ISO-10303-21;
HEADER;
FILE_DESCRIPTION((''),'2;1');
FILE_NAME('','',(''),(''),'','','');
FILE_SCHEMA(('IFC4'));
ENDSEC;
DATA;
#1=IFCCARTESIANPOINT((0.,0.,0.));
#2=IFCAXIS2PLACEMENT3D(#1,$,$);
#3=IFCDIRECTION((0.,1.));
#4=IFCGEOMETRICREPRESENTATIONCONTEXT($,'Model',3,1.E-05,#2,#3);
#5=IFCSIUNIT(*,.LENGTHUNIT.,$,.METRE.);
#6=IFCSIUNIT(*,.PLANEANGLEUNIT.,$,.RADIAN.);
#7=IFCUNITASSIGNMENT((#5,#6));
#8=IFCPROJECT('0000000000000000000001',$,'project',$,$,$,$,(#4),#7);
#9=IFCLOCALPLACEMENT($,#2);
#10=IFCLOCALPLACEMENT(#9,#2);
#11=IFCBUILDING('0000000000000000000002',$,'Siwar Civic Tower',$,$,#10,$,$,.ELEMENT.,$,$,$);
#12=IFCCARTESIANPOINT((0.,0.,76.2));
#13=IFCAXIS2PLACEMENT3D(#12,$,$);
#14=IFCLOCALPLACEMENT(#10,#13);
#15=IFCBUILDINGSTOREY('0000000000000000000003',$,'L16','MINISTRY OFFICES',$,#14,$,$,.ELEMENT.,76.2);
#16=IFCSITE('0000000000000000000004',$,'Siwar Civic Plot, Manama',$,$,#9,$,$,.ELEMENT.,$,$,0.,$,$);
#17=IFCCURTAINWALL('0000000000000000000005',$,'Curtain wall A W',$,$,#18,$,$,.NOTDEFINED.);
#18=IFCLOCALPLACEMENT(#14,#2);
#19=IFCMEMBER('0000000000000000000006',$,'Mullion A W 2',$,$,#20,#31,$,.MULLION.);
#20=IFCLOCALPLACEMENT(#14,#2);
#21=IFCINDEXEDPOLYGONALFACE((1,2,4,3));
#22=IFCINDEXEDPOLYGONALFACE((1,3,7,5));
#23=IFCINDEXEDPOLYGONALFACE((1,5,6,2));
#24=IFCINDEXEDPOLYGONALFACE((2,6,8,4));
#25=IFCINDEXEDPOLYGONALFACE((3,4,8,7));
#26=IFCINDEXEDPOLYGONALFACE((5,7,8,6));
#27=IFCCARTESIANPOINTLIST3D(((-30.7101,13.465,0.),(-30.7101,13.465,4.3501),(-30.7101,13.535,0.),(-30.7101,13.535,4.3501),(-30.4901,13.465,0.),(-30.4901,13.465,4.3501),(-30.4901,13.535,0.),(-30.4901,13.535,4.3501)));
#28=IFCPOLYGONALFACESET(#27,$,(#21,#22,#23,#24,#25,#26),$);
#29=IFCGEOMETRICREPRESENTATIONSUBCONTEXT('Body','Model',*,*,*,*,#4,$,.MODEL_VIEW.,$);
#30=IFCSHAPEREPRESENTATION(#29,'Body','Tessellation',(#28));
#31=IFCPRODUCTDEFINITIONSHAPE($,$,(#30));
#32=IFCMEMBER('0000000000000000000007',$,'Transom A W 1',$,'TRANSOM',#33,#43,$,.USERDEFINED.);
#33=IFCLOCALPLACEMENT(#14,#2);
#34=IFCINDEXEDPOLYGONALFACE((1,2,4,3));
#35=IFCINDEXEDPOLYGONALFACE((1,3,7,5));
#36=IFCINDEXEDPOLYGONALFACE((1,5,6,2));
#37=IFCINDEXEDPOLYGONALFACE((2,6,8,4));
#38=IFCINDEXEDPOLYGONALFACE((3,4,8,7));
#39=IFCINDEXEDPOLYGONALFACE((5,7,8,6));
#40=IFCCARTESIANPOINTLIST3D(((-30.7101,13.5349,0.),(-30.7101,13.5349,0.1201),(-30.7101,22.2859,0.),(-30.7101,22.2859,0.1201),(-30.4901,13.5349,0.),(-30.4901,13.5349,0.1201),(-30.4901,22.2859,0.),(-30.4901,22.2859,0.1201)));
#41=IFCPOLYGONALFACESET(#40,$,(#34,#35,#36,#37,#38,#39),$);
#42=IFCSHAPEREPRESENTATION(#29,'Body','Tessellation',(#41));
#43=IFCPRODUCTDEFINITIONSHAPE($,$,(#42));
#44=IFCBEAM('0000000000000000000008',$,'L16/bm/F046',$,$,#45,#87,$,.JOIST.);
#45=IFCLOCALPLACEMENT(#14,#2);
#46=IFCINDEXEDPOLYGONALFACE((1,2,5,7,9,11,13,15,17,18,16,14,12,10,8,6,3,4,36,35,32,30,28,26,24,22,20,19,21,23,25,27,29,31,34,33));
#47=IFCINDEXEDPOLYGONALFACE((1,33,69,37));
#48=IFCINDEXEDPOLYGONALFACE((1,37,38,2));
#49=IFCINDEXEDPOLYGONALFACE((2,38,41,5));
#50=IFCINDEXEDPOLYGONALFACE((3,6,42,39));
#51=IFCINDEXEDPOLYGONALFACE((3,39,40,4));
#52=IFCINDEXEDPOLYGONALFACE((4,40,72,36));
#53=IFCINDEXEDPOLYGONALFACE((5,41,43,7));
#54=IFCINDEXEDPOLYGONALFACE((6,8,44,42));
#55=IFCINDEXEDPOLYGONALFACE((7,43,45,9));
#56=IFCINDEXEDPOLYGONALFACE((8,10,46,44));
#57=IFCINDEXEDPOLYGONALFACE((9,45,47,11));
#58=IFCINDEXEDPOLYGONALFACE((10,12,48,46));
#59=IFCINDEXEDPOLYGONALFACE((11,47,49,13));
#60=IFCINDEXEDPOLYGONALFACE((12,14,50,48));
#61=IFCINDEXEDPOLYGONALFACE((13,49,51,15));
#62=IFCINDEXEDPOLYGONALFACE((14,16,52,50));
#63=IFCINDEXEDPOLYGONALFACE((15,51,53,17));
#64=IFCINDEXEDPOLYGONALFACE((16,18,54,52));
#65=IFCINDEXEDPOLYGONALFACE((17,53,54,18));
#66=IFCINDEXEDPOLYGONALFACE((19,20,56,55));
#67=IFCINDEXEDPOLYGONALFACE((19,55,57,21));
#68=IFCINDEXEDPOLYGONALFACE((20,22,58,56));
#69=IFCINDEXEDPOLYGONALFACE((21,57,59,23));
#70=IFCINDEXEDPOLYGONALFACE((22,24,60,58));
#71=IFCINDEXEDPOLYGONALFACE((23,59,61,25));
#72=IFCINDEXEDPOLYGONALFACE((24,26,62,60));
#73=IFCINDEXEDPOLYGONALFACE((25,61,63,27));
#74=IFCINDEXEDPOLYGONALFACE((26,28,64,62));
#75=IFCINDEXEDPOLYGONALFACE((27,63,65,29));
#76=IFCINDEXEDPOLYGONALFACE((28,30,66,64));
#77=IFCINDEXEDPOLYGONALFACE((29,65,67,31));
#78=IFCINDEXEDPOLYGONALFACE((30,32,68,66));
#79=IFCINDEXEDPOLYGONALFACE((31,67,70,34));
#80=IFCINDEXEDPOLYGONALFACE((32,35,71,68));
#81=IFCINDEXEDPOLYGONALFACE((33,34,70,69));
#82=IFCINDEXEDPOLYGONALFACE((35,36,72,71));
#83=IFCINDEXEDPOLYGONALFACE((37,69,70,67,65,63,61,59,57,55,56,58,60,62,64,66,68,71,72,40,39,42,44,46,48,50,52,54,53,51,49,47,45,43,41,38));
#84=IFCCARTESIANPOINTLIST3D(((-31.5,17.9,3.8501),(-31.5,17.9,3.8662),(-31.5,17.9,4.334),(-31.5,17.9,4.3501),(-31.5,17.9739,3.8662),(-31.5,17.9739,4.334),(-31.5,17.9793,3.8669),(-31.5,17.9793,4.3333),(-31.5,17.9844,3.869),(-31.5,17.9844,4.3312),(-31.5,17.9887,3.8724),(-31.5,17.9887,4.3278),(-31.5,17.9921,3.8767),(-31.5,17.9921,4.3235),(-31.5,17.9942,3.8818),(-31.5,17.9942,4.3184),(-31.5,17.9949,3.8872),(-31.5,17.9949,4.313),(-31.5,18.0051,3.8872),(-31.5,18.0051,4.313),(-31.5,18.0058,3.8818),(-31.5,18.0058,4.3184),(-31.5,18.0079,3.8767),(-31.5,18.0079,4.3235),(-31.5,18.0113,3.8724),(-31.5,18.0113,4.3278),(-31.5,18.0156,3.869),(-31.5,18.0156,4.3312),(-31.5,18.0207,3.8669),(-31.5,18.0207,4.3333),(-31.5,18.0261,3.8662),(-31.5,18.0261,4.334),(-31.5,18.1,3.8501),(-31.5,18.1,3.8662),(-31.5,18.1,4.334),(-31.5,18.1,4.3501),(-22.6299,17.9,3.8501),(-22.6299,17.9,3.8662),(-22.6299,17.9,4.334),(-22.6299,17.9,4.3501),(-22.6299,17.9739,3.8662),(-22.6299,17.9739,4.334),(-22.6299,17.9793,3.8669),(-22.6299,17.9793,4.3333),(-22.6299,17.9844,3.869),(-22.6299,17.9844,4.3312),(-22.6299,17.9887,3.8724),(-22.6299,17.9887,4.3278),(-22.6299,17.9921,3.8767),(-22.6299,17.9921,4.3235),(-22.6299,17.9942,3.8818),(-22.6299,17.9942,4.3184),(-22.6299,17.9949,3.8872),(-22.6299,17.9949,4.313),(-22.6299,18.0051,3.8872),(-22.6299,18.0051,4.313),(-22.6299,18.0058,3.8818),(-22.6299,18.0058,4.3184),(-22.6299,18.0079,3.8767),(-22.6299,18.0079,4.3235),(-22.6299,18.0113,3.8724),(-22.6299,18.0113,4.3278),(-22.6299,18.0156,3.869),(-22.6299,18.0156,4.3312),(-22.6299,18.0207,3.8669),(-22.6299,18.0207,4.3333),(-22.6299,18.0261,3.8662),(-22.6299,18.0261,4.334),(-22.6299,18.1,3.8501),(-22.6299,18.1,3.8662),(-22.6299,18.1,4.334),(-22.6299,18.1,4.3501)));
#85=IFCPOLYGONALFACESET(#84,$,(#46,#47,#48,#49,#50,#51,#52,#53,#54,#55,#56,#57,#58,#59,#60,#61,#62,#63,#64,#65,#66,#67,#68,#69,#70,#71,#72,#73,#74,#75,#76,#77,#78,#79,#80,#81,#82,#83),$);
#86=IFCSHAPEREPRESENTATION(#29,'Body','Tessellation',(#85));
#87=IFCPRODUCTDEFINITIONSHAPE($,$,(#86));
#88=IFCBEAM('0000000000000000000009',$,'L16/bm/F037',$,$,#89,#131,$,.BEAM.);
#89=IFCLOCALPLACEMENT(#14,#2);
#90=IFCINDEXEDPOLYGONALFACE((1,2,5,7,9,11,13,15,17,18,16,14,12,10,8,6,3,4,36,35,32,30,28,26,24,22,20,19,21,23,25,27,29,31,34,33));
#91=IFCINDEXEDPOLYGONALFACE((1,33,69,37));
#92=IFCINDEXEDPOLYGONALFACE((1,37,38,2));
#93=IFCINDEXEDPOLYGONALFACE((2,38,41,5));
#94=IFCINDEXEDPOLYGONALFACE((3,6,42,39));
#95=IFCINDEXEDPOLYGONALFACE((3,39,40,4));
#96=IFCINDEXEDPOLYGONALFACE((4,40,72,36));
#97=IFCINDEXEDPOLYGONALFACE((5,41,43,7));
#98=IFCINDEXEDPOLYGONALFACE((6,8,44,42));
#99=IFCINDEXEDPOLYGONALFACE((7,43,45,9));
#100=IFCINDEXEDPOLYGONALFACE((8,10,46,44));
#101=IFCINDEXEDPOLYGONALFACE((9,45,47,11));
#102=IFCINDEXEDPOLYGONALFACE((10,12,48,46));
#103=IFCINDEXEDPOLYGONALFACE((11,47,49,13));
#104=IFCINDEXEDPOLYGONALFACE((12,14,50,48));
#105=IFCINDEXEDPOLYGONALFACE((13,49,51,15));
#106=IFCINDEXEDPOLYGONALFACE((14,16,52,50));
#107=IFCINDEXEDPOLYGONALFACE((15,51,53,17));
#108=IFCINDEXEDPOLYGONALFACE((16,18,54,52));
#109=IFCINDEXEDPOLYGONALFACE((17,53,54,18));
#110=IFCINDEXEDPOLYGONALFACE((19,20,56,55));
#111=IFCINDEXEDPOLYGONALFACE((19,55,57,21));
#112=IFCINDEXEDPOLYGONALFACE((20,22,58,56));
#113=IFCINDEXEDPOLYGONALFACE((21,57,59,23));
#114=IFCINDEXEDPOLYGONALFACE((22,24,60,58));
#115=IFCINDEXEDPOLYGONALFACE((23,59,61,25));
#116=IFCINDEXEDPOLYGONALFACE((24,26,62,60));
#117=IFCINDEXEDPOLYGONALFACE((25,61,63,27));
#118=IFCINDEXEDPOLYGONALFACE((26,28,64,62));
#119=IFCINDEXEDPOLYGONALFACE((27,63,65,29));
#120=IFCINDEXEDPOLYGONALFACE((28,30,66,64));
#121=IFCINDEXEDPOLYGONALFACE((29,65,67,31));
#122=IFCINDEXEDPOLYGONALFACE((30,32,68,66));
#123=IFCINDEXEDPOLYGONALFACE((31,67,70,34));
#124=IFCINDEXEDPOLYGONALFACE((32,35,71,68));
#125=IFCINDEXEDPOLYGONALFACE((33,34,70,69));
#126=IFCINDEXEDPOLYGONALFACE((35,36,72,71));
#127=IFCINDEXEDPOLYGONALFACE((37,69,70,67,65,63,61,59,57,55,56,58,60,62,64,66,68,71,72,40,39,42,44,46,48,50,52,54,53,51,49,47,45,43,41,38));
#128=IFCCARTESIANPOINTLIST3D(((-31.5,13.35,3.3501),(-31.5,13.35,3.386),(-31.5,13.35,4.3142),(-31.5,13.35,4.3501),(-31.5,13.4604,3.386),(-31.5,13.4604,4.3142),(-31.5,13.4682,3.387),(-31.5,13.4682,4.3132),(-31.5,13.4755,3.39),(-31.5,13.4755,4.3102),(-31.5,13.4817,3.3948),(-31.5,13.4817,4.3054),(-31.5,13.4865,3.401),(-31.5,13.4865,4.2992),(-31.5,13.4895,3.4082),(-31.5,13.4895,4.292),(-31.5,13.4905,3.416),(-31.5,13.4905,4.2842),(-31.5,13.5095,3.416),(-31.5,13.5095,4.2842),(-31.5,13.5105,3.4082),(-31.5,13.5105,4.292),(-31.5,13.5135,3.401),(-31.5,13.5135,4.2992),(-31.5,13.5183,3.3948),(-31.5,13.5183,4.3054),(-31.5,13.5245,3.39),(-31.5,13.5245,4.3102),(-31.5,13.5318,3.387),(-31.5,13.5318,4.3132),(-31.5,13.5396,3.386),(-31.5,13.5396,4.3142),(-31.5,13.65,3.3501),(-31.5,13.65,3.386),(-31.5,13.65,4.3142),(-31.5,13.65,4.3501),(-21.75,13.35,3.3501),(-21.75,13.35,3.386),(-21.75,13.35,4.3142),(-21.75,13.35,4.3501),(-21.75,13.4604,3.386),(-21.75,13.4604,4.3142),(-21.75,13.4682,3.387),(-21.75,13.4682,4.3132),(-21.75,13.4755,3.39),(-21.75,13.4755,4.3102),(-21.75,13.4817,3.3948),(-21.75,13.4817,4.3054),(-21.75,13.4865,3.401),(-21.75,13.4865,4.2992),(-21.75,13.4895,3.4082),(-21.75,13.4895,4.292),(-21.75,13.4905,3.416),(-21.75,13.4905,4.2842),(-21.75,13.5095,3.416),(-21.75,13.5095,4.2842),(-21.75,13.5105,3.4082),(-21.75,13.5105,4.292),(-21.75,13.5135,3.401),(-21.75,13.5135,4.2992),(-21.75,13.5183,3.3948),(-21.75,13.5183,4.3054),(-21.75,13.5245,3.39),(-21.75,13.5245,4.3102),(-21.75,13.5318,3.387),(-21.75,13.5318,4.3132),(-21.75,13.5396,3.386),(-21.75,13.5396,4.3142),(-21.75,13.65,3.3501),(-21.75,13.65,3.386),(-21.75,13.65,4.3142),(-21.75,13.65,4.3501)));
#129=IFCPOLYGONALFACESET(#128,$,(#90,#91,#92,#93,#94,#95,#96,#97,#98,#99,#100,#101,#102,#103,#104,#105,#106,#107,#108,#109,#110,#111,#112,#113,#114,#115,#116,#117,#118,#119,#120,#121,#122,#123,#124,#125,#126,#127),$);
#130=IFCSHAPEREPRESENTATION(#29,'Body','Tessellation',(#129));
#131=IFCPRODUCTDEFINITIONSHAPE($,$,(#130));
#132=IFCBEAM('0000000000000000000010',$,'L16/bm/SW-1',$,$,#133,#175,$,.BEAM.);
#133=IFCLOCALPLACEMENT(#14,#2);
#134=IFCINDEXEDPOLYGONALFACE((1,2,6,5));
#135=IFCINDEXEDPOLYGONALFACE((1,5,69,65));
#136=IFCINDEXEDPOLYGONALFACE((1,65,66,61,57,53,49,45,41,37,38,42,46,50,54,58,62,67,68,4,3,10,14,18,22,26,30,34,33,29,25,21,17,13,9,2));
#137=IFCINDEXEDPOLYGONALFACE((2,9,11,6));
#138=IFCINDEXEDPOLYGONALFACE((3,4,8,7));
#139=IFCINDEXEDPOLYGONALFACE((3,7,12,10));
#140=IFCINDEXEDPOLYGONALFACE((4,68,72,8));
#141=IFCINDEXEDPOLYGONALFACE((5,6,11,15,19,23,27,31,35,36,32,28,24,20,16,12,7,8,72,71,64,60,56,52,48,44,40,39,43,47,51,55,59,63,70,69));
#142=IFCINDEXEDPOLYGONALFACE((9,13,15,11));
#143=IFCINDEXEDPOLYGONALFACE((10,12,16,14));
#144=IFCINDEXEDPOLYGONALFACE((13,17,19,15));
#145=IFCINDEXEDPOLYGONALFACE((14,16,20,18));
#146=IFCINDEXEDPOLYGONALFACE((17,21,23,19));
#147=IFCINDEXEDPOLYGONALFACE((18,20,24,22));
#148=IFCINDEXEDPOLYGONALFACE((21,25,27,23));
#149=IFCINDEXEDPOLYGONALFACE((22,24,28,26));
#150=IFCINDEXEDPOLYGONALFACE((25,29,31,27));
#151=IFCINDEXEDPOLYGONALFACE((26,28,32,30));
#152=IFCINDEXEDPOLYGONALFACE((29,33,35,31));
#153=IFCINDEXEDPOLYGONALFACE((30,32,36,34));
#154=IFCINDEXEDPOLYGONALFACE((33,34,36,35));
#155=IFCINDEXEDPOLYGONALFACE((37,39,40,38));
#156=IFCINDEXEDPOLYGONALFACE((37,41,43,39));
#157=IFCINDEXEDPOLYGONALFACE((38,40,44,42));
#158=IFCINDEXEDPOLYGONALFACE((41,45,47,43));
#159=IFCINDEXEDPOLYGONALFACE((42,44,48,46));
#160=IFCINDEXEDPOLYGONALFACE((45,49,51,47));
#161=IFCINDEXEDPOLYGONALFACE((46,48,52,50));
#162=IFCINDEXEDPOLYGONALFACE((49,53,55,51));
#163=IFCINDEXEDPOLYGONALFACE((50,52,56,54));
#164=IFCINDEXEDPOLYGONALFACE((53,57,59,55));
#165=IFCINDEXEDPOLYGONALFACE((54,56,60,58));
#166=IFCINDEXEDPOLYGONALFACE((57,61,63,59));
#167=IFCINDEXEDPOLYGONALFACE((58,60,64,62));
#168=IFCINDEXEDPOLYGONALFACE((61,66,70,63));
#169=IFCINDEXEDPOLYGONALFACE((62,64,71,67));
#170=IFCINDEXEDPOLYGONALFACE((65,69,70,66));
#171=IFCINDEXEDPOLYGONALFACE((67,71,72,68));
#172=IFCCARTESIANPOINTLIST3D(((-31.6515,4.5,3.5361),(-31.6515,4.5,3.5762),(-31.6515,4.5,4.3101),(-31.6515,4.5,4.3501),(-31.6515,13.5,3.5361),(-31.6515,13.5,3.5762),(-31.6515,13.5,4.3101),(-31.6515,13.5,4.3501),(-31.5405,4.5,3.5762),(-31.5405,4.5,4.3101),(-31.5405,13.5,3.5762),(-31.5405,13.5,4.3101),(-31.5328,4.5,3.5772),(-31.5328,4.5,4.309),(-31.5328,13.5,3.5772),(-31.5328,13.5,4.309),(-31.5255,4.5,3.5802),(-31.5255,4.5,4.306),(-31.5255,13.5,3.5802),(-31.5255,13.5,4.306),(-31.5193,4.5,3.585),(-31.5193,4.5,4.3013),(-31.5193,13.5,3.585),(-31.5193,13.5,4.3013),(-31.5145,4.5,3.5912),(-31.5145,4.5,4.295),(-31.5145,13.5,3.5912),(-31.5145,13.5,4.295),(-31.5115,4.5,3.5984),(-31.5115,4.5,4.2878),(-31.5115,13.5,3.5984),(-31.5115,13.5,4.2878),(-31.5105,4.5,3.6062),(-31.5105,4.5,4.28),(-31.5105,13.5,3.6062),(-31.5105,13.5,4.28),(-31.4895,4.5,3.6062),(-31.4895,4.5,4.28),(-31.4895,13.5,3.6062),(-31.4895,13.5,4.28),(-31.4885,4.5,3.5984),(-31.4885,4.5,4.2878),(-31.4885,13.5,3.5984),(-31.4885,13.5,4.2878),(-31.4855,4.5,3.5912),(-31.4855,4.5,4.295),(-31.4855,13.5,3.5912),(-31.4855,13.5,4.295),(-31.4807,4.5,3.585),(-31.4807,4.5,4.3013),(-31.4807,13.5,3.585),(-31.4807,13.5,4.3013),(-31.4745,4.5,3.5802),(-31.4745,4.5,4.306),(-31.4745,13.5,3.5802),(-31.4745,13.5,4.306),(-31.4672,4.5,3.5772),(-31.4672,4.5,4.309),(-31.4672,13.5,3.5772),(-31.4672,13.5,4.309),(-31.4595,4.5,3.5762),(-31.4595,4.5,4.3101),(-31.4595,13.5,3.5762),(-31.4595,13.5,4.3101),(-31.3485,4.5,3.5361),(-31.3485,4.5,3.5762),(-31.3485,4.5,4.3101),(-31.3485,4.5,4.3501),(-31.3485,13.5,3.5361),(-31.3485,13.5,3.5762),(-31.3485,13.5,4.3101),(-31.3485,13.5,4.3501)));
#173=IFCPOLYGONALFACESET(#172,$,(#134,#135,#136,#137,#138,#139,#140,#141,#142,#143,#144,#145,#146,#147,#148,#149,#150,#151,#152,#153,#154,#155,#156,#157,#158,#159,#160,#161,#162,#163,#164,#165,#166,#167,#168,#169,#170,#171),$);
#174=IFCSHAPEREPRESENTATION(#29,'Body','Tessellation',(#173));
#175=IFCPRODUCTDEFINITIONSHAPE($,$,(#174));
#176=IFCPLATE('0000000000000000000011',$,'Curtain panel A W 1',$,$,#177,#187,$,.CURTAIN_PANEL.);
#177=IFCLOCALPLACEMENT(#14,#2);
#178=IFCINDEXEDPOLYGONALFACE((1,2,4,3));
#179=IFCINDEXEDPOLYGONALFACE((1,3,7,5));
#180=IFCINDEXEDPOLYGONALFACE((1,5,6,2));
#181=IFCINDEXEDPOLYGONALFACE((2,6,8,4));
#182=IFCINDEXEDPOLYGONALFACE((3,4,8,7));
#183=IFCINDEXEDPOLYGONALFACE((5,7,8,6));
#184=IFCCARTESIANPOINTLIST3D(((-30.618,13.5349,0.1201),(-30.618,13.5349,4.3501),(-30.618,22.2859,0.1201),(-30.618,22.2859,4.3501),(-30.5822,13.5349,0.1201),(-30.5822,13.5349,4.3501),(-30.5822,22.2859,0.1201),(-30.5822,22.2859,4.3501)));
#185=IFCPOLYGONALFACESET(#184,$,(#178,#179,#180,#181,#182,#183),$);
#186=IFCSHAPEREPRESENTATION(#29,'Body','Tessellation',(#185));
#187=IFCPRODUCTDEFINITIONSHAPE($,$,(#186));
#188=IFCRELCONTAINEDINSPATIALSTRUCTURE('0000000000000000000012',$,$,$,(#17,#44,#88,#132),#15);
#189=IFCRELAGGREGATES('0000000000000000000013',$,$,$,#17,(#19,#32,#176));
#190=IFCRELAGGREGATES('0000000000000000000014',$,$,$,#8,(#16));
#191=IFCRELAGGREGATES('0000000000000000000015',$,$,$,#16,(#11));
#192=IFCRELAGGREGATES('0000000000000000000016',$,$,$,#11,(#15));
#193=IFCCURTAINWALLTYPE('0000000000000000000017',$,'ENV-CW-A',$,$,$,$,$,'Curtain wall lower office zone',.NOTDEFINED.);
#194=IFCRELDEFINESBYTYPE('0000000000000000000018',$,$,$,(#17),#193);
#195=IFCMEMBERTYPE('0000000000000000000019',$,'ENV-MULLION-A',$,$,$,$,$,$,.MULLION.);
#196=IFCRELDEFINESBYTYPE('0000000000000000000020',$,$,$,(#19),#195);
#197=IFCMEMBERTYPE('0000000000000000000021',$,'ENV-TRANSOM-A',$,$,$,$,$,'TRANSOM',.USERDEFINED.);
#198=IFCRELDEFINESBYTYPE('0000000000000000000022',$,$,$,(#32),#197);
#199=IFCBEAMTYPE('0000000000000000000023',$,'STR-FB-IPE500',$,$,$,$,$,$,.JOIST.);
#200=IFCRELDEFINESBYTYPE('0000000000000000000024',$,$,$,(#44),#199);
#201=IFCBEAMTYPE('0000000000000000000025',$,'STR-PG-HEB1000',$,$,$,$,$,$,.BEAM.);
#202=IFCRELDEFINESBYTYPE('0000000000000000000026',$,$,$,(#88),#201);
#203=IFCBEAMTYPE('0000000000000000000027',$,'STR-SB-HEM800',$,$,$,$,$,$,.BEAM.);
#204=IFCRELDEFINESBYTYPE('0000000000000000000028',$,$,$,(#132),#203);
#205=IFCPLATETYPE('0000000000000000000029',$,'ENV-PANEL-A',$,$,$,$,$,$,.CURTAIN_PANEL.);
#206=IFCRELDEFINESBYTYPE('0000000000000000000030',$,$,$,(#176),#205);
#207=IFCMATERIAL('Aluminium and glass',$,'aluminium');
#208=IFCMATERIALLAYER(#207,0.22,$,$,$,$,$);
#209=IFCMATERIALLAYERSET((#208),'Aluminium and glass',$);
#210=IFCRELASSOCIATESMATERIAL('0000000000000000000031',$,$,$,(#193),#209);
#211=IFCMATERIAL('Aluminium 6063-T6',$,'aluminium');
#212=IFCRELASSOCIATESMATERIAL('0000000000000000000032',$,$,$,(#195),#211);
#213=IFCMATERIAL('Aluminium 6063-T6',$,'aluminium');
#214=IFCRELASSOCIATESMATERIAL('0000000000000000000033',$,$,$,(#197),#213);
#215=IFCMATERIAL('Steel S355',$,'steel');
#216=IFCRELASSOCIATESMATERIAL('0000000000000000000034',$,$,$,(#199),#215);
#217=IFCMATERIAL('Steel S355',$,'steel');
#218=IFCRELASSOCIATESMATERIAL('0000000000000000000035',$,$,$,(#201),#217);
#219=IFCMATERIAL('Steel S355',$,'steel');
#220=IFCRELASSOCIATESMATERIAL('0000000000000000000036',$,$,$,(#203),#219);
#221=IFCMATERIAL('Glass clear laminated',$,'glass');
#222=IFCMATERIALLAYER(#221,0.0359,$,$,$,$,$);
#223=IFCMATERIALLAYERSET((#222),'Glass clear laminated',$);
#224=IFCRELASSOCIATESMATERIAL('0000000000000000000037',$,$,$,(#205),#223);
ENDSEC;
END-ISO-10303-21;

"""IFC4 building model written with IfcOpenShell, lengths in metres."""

from ifc_helpers import new_model, si_unit, direction, frame, origin, origin_2d, place, context, subcontext, project, spatial, rectangle, i_section, extrude, material, layer, layer_set, material_profile, profile_set, type_object, element, aggregate, save


model = new_model("IFC4")

# Units and contexts
model_context = context("Model", 3, precision=1e-05, world=origin(), true_north=direction((0.0, 1.0)))
body_context = subcontext(model_context, "Body", "Model", "MODEL_VIEW")
ifc_project = project(units=[si_unit("LENGTHUNIT", "METRE"), si_unit("PLANEANGLEUNIT", "RADIAN")], contexts=[model_context])

# Site, building, storey
site_placement = place(None, origin())
site = spatial("IfcSite", under=ifc_project, at=site_placement, Name="Siwar Civic Plot, Manama", CompositionType="ELEMENT", RefElevation=0.0)
building_placement = place(site_placement, origin())
building = spatial("IfcBuilding", under=site, at=building_placement, Name="Siwar Civic Tower", CompositionType="ELEMENT")
storey_placement = place(building_placement, frame((0.0, 0.0, 76.2)))
storey = spatial("IfcBuildingStorey", under=building, at=storey_placement, Name="L16", Description="MINISTRY OFFICES", CompositionType="ELEMENT", Elevation=76.2)

# Curtain wall, members
ifc_material_1 = material(Name="Aluminium and glass", Category="aluminium")
ifc_layer_1 = layer(ifc_material_1, 0.22)
ifc_layer_set_1 = layer_set([ifc_layer_1], Name="Aluminium and glass")
curtain_wall_type = type_object("IfcCurtainWallType", Name="ENV-CW-A", ElementType="Curtain wall lower office zone", PredefinedType="NOTDEFINED", material=ifc_layer_set_1)
curtain_wall_placement = place(storey_placement, origin())
curtain_wall = element("IfcCurtainWall", 1, at=curtain_wall_placement, inside=storey, type_object=curtain_wall_type, Name="Curtain wall A W", PredefinedType="NOTDEFINED")
ifc_material_2 = material(Name="Aluminium 6063-T6", Category="aluminium")
ifc_material_profile_1 = material_profile(ifc_material_2, rectangle(XDim=0.22, YDim=0.0701, at=origin_2d()), Name="AL 220x70")
ifc_profile_set_1 = profile_set([ifc_material_profile_1], Name="Aluminium 6063-T6")
member_type_1 = type_object("IfcMemberType", Name="ENV-MULLION-A", PredefinedType="MULLION", material=ifc_profile_set_1)
member_1_placement = place(storey_placement, frame((-30.6001, 13.5, 0.0), z_axis=(0.0, 0.0, 1.0), x_axis=(1.0, 0.0, 0.0)))
member_1 = element("IfcMember", 2, at=member_1_placement, type_object=member_type_1, Name="Mullion A W 2", PredefinedType="MULLION", context=body_context, shape_type="SweptSolid", body=[
    extrude(rectangle(XDim=0.22, YDim=0.0701, at=origin_2d()), origin(), (0.0, 0.0, 1.0), 4.3501),
])
ifc_material_3 = material(Name="Aluminium 6063-T6", Category="aluminium")
ifc_material_profile_2 = material_profile(ifc_material_3, rectangle(XDim=0.22, YDim=0.1201, at=origin_2d()), Name="AL 220x120")
ifc_profile_set_2 = profile_set([ifc_material_profile_2], Name="Aluminium 6063-T6")
member_type_2 = type_object("IfcMemberType", Name="ENV-TRANSOM-A", ElementType="TRANSOM", PredefinedType="USERDEFINED", material=ifc_profile_set_2)
member_2_placement = place(storey_placement, frame((-30.6001, 22.2859, 0.0601), z_axis=(0.0, -1.0, 0.0), x_axis=(1.0, 0.0, 0.0)))
member_2 = element("IfcMember", 3, at=member_2_placement, type_object=member_type_2, Name="Transom A W 1", ObjectType="TRANSOM", PredefinedType="USERDEFINED", context=body_context, shape_type="SweptSolid", body=[
    extrude(rectangle(XDim=0.22, YDim=0.1201, at=origin_2d()), origin(), (0.0, 0.0, 1.0), 8.751),
])

# Beams
ifc_material_4 = material(Name="Steel S355", Category="steel")
ifc_material_profile_3 = material_profile(ifc_material_4, i_section(OverallWidth=0.2, OverallDepth=0.5, WebThickness=0.0103, FlangeThickness=0.0161, FilletRadius=0.021, at=origin_2d()), Name="IPE500")
ifc_profile_set_3 = profile_set([ifc_material_profile_3], Name="Steel S355")
beam_type_1 = type_object("IfcBeamType", Name="STR-FB-IPE500", PredefinedType="JOIST", material=ifc_profile_set_3)
beam_1_placement = place(storey_placement, frame((-31.5, 18.0, 4.1001), z_axis=(1.0, 0.0, 0.0), x_axis=(0.0, 1.0, 0.0)))
element("IfcBeam", 4, at=beam_1_placement, inside=storey, type_object=beam_type_1, Name="L16/bm/F046", PredefinedType="JOIST", context=body_context, shape_type="SweptSolid", body=[
    extrude(i_section(OverallWidth=0.2, OverallDepth=0.5, WebThickness=0.0103, FlangeThickness=0.0161, FilletRadius=0.021, at=origin_2d()), origin(), (0.0, 0.0, 1.0), 8.8701),
])
ifc_material_5 = material(Name="Steel S355", Category="steel")
ifc_material_profile_4 = material_profile(ifc_material_5, i_section(OverallWidth=0.3, OverallDepth=1.0, WebThickness=0.019, FlangeThickness=0.0359, FilletRadius=0.03, at=origin_2d()), Name="HEB1000")
ifc_profile_set_4 = profile_set([ifc_material_profile_4], Name="Steel S355")
beam_type_2 = type_object("IfcBeamType", Name="STR-PG-HEB1000", PredefinedType="BEAM", material=ifc_profile_set_4)
beam_2_placement = place(storey_placement, frame((-31.5, 13.5, 3.8501), z_axis=(1.0, 0.0, 0.0), x_axis=(0.0, 1.0, 0.0)))
element("IfcBeam", 5, at=beam_2_placement, inside=storey, type_object=beam_type_2, Name="L16/bm/F037", PredefinedType="BEAM", context=body_context, shape_type="SweptSolid", body=[
    extrude(i_section(OverallWidth=0.3, OverallDepth=1.0, WebThickness=0.019, FlangeThickness=0.0359, FilletRadius=0.03, at=origin_2d()), origin(), (0.0, 0.0, 1.0), 9.75),
])
ifc_material_6 = material(Name="Steel S355", Category="steel")
ifc_material_profile_5 = material_profile(ifc_material_6, i_section(OverallWidth=0.303, OverallDepth=0.814, WebThickness=0.021, FlangeThickness=0.04, FilletRadius=0.03, at=origin_2d()), Name="HEM800")
ifc_profile_set_5 = profile_set([ifc_material_profile_5], Name="Steel S355")
beam_type_3 = type_object("IfcBeamType", Name="STR-SB-HEM800", PredefinedType="BEAM", material=ifc_profile_set_5)
beam_3_placement = place(storey_placement, frame((-31.5, 13.5, 3.9431), z_axis=(0.0, -1.0, 0.0), x_axis=(1.0, 0.0, 0.0)))
element("IfcBeam", 6, at=beam_3_placement, inside=storey, type_object=beam_type_3, Name="L16/bm/SW-1", PredefinedType="BEAM", context=body_context, shape_type="SweptSolid", body=[
    extrude(i_section(OverallWidth=0.303, OverallDepth=0.814, WebThickness=0.021, FlangeThickness=0.04, FilletRadius=0.03, at=origin_2d()), origin(), (0.0, 0.0, 1.0), 9.0),
])

# Plate
ifc_material_7 = material(Name="Glass clear laminated", Category="glass")
ifc_layer_2 = layer(ifc_material_7, 0.0359)
ifc_layer_set_2 = layer_set([ifc_layer_2], Name="Glass clear laminated")
plate_type = type_object("IfcPlateType", Name="ENV-PANEL-A", PredefinedType="CURTAIN_PANEL", material=ifc_layer_set_2)
plate_placement = place(storey_placement, frame((-30.6001, 17.9104, 0.1201), z_axis=(0.0, 0.0, 1.0), x_axis=(0.0, -1.0, 0.0)))
plate = element("IfcPlate", 7, at=plate_placement, type_object=plate_type, Name="Curtain panel A W 1", PredefinedType="CURTAIN_PANEL", context=body_context, shape_type="SweptSolid", body=[
    extrude(rectangle(XDim=8.751, YDim=0.0359, at=origin_2d()), origin(), (0.0, 0.0, 1.0), 4.23),
])
aggregate(curtain_wall, [member_1, member_2, plate])

save(model, "model.ifc")
